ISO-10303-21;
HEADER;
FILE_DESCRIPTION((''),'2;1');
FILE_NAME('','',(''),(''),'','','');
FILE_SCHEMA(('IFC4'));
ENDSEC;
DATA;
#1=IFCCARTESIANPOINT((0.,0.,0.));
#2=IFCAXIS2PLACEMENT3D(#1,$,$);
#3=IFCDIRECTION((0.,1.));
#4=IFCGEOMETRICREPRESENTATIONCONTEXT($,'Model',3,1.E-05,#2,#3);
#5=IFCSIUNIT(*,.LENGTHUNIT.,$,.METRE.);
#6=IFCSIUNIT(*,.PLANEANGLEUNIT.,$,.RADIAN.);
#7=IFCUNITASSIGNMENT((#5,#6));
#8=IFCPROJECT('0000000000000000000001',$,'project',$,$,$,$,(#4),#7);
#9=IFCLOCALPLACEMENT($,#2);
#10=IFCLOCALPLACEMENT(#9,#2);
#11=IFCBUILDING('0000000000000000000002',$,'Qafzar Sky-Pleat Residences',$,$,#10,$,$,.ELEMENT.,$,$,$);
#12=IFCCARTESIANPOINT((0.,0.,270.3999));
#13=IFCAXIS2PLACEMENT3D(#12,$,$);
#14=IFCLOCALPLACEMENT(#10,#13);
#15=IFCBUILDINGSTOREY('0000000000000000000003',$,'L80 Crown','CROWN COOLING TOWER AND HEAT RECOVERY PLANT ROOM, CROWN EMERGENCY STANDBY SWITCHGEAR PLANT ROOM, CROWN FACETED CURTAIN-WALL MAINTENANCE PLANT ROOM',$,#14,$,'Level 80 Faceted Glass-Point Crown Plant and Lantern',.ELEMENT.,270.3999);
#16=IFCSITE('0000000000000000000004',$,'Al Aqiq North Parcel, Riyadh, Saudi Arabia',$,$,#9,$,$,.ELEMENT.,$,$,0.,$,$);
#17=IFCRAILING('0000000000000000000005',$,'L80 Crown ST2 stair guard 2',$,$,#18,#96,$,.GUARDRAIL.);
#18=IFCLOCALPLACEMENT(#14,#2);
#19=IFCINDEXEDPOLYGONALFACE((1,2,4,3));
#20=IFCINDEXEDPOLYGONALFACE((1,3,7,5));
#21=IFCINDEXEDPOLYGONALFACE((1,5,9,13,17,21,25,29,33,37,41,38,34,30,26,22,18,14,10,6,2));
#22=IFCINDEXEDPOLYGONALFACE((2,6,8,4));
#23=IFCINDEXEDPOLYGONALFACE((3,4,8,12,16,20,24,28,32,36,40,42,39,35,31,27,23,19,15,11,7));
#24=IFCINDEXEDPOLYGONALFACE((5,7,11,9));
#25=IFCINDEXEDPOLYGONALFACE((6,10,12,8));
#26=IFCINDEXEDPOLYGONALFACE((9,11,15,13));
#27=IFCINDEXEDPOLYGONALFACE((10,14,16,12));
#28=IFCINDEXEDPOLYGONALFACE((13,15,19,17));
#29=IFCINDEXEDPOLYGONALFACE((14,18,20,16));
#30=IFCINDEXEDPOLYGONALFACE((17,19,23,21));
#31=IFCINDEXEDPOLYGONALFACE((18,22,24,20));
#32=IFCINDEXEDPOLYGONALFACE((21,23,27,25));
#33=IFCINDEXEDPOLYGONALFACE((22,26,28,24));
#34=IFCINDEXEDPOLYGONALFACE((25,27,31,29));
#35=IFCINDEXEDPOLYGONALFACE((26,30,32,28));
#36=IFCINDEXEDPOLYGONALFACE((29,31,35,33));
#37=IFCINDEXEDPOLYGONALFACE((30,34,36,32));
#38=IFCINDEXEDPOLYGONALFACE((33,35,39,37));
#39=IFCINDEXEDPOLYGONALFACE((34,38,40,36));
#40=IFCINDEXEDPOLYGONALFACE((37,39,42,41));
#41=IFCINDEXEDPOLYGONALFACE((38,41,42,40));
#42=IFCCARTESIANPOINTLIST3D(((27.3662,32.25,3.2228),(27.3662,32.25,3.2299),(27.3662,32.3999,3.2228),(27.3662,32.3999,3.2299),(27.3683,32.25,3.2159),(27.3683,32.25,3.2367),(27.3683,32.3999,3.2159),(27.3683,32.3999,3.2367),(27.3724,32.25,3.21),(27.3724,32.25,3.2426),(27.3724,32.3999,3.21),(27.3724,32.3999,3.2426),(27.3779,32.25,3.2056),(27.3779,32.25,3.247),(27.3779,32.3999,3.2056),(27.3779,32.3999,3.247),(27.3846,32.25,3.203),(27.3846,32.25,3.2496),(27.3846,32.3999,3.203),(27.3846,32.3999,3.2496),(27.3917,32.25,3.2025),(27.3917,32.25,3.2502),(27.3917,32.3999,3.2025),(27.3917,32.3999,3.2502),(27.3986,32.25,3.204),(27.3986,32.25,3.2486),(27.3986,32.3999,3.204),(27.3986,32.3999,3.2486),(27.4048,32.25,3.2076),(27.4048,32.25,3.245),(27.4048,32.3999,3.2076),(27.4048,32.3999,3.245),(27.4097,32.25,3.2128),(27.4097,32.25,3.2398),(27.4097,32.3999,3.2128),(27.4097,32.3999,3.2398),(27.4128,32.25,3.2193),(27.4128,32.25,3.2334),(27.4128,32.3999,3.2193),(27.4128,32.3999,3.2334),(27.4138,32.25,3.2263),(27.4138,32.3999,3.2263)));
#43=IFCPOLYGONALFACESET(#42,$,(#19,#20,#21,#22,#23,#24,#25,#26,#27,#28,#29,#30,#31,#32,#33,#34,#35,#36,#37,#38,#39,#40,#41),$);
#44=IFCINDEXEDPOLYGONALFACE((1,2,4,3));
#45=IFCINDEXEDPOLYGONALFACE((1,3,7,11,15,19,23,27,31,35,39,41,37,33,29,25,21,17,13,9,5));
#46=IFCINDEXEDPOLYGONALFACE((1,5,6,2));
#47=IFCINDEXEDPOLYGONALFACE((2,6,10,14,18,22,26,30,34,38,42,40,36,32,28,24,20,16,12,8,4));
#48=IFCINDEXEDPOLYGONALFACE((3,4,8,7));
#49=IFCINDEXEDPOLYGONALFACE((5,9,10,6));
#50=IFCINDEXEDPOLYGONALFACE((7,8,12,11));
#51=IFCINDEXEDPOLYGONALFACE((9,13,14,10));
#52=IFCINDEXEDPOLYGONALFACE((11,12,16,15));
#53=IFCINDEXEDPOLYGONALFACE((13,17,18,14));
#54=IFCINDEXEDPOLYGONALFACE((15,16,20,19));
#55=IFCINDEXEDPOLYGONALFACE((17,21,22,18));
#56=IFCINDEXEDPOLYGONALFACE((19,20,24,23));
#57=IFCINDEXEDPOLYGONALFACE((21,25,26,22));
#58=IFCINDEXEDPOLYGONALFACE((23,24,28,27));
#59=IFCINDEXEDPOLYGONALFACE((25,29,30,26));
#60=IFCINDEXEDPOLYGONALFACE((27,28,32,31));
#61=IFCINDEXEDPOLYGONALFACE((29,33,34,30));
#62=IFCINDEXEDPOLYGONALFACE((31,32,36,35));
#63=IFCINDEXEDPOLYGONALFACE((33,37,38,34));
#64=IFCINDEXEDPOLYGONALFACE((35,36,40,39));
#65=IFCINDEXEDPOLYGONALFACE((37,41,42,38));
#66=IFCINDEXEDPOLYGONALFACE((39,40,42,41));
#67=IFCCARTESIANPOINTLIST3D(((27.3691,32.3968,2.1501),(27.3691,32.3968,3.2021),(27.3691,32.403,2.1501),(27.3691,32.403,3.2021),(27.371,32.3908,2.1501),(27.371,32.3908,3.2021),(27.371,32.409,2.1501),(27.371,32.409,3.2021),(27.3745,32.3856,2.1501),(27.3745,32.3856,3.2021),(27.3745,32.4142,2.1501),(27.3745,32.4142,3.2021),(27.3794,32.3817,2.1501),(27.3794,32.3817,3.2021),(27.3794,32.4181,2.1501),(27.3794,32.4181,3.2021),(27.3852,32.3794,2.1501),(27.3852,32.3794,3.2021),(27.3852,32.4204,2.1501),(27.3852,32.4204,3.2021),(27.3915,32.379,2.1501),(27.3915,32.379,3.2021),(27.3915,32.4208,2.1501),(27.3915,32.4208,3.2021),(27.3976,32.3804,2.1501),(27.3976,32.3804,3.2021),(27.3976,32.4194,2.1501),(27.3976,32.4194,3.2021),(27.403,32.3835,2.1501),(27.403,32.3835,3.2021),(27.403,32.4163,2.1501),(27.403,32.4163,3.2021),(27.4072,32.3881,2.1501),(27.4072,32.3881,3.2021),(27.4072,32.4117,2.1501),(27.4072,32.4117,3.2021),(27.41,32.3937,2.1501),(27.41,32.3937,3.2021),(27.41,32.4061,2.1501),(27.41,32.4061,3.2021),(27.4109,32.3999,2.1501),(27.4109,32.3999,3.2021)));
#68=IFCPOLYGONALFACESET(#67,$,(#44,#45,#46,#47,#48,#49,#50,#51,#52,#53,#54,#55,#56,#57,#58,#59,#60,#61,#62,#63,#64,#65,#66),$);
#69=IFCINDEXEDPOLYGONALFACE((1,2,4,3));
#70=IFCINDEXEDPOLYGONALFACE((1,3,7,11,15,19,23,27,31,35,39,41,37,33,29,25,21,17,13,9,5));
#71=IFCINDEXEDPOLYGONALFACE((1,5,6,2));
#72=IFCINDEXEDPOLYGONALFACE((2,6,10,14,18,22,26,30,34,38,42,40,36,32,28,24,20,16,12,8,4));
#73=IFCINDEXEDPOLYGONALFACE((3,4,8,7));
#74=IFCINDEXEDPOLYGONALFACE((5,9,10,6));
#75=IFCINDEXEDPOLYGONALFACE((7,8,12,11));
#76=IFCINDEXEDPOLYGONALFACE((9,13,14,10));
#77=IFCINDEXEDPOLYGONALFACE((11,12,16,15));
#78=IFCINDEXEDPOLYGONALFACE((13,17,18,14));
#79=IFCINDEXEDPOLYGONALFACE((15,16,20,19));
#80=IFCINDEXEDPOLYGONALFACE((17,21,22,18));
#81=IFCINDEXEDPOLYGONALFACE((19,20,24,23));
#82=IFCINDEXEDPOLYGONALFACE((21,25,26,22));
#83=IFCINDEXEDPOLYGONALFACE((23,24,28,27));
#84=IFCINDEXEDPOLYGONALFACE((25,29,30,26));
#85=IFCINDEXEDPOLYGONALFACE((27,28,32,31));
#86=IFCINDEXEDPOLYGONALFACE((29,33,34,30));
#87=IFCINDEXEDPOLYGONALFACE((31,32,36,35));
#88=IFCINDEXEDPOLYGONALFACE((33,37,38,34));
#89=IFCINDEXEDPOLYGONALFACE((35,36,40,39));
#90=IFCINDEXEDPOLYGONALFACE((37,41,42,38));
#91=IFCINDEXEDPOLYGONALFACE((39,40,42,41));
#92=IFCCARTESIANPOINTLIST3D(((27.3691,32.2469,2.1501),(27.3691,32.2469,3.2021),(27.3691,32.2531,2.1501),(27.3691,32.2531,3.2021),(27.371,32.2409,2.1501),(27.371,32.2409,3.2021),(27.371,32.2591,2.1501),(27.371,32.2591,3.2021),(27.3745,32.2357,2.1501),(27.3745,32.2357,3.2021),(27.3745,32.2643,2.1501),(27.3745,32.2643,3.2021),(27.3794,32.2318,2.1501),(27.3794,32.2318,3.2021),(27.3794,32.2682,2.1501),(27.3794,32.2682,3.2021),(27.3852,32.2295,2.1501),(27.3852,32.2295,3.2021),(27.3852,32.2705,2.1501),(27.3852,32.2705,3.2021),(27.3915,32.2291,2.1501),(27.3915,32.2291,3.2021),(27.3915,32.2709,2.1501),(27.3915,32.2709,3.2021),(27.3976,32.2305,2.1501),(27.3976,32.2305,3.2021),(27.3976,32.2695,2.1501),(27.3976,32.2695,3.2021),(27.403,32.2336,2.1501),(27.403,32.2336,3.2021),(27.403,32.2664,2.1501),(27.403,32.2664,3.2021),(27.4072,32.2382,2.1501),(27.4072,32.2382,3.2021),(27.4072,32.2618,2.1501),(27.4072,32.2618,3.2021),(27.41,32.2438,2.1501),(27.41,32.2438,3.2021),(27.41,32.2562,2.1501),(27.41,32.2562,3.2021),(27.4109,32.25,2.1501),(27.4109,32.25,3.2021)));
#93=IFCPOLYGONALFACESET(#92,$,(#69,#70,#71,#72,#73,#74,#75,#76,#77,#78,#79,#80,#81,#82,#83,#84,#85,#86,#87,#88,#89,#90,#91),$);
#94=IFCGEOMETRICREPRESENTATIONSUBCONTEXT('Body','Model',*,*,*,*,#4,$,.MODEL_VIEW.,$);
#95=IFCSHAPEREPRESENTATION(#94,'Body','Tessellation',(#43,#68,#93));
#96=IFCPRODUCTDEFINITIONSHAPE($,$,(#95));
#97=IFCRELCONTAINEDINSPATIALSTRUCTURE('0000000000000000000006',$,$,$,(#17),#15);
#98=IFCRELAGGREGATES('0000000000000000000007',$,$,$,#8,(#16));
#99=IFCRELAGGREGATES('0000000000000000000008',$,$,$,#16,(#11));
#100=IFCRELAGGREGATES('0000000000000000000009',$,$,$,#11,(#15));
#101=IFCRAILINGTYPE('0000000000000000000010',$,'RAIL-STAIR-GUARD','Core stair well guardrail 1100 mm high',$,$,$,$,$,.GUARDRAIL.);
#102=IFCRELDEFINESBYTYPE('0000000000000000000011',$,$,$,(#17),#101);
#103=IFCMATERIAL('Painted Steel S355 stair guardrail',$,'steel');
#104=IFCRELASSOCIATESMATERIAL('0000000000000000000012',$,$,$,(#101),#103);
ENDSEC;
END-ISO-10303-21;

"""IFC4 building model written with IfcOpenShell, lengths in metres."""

from ifc_helpers import new_model, si_unit, direction, frame, origin, origin_2d, place, context, subcontext, project, spatial, circle, extrude, source, transform, mapped, material, type_object, element, save


model = new_model("IFC4")

# Units and contexts
model_context = context("Model", 3, precision=1e-05, world=origin(), true_north=direction((0.0, 1.0)))
body_context = subcontext(model_context, "Body", "Model", "MODEL_VIEW")
ifc_project = project(units=[si_unit("LENGTHUNIT", "METRE"), si_unit("PLANEANGLEUNIT", "RADIAN")], contexts=[model_context])

# Site, building, storey
site_placement = place(None, origin())
site = spatial("IfcSite", under=ifc_project, at=site_placement, Name="Al Aqiq North Parcel, Riyadh, Saudi Arabia", CompositionType="ELEMENT", RefElevation=0.0)
building_placement = place(site_placement, origin())
building = spatial("IfcBuilding", under=site, at=building_placement, Name="Qafzar Sky-Pleat Residences", CompositionType="ELEMENT")
storey_placement = place(building_placement, frame((0.0, 0.0, 270.3999)))
storey = spatial("IfcBuildingStorey", under=building, at=storey_placement, Name="L80 Crown", Description="CROWN COOLING TOWER AND HEAT RECOVERY PLANT ROOM, CROWN EMERGENCY STANDBY SWITCHGEAR PLANT ROOM, CROWN FACETED CURTAIN-WALL MAINTENANCE PLANT ROOM", LongName="Level 80 Faceted Glass-Point Crown Plant and Lantern", CompositionType="ELEMENT", Elevation=270.3999)

# Railing
ifc_material_1 = material(Name="Painted Steel S355 stair guardrail", Category="steel")
railing_type_1 = type_object("IfcRailingType", Name="RAIL-STAIR-GUARD", Description="Core stair well guardrail 1100 mm high", PredefinedType="GUARDRAIL", material=ifc_material_1)
shared_shape_1 = source(origin(), body_context, "Body", "SweptSolid", [
    extrude(circle(Radius=0.0239, at=origin_2d()), frame((0.0, 0.0, 1.0762), z_axis=(0.0, -1.0, 0.0), x_axis=(1.0, 0.0, 0.0)), (0.0, 0.0, 1.0), 0.1499),
    extrude(circle(Radius=0.021, at=origin_2d()), origin(), (0.0, 0.0, 1.0), 1.052),
    extrude(circle(Radius=0.021, at=origin_2d()), frame((0.0, -0.1499, 0.0)), (0.0, 0.0, 1.0), 1.052),
])
railing_1_placement = place(storey_placement, frame((27.3899, 32.3999, 2.1501)))
element("IfcRailing", 1, at=railing_1_placement, inside=storey, type_object=railing_type_1, Name="L80 Crown ST2 stair guard 2", PredefinedType="GUARDRAIL", context=body_context, shape_type="MappedRepresentation", body=[
    mapped(shared_shape_1, transform((0.0, 0.0, 0.0), x_axis=(1.0, 0.0, 0.0), y_axis=(0.0, 1.0, 0.0), z_axis=(0.0, 0.0, 1.0), scale=1.0)),
])

save(model, "model.ifc")
